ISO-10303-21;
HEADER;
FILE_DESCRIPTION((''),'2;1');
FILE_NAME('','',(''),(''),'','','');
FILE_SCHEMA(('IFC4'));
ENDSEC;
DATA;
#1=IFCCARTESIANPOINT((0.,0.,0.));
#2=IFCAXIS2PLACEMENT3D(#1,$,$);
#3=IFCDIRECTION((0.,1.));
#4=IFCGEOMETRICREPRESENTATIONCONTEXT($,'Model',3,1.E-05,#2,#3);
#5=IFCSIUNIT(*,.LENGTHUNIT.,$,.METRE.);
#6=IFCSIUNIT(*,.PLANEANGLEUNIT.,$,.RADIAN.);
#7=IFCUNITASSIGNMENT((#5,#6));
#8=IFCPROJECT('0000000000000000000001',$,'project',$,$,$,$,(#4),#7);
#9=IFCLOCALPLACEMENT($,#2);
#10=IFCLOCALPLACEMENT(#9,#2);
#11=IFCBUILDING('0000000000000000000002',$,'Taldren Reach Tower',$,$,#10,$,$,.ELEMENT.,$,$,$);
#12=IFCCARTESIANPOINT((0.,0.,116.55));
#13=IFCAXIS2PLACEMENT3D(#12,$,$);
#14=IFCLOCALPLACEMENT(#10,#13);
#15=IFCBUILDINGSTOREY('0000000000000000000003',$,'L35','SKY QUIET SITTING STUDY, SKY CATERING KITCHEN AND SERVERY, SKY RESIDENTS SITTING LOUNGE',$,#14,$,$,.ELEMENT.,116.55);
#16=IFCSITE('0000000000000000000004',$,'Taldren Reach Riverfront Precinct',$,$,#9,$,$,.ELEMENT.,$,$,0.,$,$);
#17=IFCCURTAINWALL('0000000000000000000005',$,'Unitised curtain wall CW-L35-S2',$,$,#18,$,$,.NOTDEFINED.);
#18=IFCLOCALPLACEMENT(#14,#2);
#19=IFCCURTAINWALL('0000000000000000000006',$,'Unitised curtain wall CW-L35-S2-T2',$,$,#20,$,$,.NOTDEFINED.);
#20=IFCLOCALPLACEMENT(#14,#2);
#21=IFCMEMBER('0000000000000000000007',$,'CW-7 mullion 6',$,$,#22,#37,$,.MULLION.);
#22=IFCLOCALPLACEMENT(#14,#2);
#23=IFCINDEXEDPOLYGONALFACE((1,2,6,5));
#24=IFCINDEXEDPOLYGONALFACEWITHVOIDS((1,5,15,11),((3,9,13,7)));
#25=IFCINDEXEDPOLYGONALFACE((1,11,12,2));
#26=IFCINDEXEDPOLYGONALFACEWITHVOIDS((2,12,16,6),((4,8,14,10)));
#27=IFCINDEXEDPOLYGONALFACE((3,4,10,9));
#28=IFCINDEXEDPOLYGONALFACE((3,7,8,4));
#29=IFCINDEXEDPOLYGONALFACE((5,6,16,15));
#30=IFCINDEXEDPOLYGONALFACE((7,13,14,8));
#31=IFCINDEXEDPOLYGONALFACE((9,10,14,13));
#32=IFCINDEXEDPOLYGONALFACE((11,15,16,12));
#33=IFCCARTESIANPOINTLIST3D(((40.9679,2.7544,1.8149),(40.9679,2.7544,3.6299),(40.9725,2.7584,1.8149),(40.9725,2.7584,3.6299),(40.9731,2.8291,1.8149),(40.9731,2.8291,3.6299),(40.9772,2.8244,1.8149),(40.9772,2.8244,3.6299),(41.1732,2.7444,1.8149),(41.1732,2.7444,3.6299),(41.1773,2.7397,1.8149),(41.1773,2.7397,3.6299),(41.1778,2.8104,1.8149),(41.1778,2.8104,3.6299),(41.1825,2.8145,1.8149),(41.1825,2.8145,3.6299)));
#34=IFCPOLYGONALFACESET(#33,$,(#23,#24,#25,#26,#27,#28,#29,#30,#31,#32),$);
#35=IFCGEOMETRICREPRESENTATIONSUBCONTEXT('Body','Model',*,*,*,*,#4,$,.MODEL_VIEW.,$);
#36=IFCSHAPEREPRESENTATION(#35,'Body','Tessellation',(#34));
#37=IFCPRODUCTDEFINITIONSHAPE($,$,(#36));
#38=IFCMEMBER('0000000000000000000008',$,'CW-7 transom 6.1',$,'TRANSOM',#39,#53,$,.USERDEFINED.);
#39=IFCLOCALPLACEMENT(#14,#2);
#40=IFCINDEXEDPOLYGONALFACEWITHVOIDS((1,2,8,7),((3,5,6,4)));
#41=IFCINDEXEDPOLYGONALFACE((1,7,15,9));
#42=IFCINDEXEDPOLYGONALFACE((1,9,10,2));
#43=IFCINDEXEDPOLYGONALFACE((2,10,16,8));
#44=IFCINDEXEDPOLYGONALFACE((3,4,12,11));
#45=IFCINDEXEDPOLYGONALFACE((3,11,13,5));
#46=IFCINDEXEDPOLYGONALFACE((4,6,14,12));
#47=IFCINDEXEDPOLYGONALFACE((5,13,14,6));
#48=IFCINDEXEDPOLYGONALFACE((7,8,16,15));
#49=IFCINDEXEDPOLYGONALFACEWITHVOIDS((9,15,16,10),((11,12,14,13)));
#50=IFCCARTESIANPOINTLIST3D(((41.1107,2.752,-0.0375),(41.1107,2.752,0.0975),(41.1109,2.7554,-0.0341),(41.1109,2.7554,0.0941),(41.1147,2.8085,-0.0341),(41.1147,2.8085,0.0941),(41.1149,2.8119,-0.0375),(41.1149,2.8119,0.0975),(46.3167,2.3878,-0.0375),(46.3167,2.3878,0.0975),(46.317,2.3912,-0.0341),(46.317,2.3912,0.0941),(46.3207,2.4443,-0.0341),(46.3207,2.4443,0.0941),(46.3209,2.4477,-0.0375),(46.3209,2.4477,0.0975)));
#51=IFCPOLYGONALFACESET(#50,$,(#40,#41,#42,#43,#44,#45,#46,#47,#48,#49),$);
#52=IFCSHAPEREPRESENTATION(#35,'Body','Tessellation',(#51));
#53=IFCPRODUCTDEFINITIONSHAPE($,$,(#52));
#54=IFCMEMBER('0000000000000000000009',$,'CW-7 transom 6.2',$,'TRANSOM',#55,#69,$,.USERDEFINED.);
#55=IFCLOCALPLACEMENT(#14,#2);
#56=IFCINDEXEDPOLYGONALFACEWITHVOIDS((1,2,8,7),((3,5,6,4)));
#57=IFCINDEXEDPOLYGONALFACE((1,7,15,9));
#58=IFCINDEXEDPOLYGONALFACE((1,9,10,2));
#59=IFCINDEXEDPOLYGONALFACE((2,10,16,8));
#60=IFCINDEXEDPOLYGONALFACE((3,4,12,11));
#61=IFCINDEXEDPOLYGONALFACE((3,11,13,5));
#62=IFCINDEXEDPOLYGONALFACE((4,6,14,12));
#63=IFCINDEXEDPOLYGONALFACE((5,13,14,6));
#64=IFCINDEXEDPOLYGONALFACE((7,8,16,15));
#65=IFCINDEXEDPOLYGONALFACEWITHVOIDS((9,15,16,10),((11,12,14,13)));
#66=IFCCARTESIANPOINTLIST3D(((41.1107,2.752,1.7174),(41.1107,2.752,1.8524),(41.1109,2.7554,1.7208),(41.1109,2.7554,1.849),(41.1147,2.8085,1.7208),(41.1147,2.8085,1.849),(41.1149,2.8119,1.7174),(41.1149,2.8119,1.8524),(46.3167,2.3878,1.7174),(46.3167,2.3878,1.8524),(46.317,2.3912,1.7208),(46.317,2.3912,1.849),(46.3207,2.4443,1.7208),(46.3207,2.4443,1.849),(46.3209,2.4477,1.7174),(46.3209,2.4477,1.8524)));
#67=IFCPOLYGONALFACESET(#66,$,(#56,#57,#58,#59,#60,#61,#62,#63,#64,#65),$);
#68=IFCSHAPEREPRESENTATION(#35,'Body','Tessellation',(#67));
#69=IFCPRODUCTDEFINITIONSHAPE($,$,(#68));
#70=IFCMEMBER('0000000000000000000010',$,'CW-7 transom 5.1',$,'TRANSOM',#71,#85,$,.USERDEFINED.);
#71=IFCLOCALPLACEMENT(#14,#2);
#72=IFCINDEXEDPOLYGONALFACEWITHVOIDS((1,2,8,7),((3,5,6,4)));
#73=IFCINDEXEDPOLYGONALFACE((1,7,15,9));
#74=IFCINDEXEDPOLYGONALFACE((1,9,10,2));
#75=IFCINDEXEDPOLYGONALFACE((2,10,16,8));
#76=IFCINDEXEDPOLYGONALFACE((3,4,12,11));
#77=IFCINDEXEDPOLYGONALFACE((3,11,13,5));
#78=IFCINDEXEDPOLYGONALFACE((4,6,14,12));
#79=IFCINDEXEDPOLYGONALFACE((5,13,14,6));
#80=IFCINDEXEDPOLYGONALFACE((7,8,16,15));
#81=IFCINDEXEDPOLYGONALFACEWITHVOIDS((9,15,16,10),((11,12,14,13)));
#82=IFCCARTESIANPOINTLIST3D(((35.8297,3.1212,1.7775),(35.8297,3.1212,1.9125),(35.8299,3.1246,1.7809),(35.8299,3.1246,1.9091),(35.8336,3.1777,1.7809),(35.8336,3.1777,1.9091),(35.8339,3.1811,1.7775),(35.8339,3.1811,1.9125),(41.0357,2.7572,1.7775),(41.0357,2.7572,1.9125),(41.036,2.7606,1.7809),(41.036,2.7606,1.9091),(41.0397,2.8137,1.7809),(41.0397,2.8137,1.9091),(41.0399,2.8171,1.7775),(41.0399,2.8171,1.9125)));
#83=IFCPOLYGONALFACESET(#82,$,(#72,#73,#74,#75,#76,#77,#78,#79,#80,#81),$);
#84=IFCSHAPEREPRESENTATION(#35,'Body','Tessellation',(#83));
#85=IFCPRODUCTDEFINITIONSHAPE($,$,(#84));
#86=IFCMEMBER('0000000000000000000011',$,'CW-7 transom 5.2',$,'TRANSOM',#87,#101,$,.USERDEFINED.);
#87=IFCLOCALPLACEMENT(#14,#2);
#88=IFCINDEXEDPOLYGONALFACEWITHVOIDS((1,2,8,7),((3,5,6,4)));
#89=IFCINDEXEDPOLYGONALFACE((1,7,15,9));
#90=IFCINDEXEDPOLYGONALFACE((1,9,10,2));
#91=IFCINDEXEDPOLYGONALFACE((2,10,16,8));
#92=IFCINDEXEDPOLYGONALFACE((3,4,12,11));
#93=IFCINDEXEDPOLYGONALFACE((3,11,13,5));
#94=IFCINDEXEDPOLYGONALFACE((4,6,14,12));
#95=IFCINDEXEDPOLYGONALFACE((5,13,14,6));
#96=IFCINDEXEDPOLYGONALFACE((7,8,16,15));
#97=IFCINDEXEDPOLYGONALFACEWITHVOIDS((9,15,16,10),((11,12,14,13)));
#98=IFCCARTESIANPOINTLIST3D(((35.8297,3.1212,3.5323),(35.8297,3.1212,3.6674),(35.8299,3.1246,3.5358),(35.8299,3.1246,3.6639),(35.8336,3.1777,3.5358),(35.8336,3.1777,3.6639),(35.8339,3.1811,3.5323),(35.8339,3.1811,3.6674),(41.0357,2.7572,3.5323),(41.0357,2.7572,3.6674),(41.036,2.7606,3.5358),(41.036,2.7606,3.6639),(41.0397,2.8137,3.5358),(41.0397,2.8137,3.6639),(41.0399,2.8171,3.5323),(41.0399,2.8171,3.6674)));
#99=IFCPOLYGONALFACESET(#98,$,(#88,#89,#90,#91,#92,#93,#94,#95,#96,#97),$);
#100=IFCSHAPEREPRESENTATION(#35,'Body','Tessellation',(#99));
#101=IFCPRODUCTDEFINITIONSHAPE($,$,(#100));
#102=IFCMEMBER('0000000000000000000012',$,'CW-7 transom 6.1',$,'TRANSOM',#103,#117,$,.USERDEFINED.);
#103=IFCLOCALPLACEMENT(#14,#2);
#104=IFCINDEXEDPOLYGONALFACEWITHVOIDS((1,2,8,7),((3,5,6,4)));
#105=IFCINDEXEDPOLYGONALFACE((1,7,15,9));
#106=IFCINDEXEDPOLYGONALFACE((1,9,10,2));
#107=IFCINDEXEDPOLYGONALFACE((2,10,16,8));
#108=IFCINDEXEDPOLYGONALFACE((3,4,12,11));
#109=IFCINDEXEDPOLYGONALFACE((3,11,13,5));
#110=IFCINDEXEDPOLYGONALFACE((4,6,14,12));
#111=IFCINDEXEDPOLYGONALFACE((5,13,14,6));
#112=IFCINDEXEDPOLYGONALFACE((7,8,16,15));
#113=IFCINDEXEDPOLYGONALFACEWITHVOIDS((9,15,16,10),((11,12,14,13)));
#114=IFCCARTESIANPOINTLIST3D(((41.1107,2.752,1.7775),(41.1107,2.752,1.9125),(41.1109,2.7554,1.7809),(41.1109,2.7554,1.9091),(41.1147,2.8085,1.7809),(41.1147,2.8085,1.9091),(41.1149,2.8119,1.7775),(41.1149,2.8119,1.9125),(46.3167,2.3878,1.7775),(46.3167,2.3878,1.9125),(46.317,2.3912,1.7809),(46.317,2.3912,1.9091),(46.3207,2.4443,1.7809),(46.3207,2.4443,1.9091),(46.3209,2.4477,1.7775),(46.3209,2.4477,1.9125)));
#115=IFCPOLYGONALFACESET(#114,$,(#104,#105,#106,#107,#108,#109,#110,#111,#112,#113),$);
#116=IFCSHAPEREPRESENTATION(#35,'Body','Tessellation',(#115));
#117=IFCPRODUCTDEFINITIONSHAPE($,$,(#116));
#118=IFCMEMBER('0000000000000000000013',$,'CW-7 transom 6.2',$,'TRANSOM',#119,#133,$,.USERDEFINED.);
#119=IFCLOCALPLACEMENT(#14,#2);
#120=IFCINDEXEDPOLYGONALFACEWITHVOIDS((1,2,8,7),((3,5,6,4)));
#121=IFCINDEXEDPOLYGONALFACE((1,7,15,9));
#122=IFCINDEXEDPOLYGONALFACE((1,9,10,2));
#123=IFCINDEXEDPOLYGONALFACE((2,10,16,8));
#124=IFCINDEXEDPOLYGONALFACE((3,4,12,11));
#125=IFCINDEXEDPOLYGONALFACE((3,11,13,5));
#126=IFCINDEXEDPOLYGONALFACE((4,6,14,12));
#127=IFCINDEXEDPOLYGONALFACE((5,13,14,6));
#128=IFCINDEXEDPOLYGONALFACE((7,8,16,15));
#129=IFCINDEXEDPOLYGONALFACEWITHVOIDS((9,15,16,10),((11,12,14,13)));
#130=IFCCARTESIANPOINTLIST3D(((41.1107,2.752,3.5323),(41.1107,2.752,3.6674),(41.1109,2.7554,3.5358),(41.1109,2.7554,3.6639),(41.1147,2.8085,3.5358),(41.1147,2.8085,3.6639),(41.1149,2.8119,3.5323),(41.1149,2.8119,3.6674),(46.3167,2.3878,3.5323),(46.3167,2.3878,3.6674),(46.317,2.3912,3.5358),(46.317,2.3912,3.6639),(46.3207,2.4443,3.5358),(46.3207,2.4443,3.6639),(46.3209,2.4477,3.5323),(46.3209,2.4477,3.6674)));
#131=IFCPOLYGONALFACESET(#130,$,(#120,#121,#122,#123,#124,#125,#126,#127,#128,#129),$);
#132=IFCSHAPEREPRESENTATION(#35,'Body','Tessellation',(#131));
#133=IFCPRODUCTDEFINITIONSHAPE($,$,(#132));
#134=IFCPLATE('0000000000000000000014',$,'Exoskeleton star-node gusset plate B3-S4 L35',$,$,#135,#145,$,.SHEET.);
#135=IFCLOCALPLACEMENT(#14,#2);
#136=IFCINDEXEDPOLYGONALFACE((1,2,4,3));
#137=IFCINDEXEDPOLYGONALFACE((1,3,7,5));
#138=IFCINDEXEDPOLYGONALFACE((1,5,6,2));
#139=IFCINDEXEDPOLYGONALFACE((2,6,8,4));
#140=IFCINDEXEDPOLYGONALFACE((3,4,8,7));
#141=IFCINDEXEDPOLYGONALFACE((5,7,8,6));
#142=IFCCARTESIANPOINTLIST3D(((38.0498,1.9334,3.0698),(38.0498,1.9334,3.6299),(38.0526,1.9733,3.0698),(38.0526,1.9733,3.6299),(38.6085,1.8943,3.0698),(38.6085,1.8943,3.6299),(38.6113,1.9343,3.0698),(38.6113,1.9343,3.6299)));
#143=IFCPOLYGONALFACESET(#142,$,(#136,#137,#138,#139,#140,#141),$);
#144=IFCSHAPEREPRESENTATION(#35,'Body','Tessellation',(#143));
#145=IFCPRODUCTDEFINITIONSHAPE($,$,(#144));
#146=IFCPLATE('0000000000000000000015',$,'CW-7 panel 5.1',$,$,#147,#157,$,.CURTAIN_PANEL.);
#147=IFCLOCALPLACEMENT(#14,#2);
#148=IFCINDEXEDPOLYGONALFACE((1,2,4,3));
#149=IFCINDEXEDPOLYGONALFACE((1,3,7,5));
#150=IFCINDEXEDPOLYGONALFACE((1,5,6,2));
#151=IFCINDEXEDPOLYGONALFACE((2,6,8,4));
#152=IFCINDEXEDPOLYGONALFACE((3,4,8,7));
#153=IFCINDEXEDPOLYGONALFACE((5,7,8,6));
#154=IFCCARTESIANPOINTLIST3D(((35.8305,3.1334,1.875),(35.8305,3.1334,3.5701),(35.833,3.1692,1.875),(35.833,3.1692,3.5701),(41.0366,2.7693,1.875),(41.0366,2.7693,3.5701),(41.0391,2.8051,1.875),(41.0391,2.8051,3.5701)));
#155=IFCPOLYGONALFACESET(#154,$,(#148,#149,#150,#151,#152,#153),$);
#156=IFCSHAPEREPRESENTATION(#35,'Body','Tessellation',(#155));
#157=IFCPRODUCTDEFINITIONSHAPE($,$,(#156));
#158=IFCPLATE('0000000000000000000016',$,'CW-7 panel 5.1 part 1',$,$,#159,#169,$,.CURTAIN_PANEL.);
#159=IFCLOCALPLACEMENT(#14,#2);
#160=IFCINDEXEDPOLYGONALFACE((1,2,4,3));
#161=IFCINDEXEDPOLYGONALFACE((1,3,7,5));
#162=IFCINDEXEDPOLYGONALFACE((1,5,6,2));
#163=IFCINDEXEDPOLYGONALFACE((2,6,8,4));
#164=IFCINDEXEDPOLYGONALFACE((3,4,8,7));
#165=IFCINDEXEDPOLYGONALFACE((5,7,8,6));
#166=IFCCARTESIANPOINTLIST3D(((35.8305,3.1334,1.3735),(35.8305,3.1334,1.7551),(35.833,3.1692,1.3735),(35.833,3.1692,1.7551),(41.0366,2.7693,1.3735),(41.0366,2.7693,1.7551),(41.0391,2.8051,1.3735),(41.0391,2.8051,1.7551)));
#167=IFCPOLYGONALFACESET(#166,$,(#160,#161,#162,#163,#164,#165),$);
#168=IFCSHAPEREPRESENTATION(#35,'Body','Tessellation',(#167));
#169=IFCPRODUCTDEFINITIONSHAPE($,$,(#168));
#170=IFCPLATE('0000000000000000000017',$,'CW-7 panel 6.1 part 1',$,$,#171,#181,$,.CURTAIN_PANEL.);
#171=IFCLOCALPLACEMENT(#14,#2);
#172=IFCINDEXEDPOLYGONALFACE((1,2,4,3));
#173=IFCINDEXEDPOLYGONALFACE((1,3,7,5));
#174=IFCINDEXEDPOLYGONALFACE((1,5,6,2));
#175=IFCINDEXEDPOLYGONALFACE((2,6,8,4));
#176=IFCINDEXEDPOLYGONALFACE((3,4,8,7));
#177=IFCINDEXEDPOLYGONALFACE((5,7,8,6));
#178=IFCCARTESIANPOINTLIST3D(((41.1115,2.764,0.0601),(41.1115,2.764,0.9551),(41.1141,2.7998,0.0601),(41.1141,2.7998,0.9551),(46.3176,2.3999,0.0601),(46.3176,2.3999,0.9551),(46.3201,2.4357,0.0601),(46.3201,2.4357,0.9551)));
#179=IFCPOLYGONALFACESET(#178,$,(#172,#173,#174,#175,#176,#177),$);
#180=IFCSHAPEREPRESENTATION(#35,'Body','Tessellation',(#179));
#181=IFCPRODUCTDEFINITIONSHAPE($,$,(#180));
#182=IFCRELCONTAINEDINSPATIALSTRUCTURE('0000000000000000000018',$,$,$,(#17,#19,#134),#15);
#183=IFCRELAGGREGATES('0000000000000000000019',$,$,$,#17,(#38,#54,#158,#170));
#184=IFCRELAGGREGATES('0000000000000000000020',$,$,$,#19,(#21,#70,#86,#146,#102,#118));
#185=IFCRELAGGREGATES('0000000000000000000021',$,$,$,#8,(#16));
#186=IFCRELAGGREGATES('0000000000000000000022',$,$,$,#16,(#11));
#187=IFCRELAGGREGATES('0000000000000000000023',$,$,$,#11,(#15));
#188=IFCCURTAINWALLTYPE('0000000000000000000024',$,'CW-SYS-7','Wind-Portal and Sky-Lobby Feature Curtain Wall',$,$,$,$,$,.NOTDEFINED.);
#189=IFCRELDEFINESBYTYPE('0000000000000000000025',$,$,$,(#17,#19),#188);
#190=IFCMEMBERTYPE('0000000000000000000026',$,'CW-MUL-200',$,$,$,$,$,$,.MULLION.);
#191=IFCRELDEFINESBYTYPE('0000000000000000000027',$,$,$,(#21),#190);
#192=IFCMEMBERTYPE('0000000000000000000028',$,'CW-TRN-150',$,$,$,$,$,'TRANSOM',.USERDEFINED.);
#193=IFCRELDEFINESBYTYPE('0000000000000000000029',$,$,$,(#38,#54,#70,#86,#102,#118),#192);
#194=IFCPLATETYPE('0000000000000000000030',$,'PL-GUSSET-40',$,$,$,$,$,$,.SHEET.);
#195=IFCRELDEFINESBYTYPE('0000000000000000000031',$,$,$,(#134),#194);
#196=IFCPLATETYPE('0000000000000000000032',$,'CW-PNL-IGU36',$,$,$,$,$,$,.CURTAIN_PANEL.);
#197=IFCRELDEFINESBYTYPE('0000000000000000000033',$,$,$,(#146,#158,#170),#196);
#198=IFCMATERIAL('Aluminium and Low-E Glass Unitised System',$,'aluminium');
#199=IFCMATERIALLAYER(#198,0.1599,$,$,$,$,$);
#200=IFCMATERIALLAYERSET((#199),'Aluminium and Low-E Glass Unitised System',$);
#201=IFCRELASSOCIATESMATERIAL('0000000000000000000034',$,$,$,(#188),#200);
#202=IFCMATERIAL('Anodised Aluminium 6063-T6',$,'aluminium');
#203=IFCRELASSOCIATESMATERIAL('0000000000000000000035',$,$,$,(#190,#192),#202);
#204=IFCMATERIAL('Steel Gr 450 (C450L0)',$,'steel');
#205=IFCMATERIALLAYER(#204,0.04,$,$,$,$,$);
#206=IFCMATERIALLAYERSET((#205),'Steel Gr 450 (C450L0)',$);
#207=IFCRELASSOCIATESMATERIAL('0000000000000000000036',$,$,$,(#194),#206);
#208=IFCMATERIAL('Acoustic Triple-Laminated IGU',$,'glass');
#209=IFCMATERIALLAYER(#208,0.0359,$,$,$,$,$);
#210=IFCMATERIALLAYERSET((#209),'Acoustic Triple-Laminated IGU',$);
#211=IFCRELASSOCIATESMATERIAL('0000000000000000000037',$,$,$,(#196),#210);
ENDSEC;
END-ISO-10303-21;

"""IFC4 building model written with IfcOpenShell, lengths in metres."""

from ifc_helpers import new_model, si_unit, direction, frame, origin, origin_2d, place, context, subcontext, project, spatial, rectangle, hollow_rectangle, extrude, source, transform, mapped, material, layer, layer_set, material_profile, profile_set, type_object, element, aggregate, save


model = new_model("IFC4")

# Units and contexts
model_context = context("Model", 3, precision=1e-05, world=origin(), true_north=direction((0.0, 1.0)))
body_context = subcontext(model_context, "Body", "Model", "MODEL_VIEW")
ifc_project = project(units=[si_unit("LENGTHUNIT", "METRE"), si_unit("PLANEANGLEUNIT", "RADIAN")], contexts=[model_context])

# Site, building, storey
site_placement = place(None, origin())
site = spatial("IfcSite", under=ifc_project, at=site_placement, Name="Taldren Reach Riverfront Precinct", CompositionType="ELEMENT", RefElevation=0.0)
building_placement = place(site_placement, origin())
building = spatial("IfcBuilding", under=site, at=building_placement, Name="Taldren Reach Tower", CompositionType="ELEMENT")
storey_placement = place(building_placement, frame((0.0, 0.0, 116.55)))
storey = spatial("IfcBuildingStorey", under=building, at=storey_placement, Name="L35", Description="SKY QUIET SITTING STUDY, SKY CATERING KITCHEN AND SERVERY, SKY RESIDENTS SITTING LOUNGE", CompositionType="ELEMENT", Elevation=116.55)

# Shared definitions
ifc_material_1 = material(Name="Steel Gr 450 (C450L0)", Category="steel")

# Curtain wall
ifc_material_2 = material(Name="Aluminium and Low-E Glass Unitised System", Category="aluminium")
ifc_layer_1 = layer(ifc_material_2, 0.1599)
ifc_layer_set_1 = layer_set([ifc_layer_1], Name="Aluminium and Low-E Glass Unitised System")
curtain_wall_type = type_object("IfcCurtainWallType", Name="CW-SYS-7", Description="Wind-Portal and Sky-Lobby Feature Curtain Wall", PredefinedType="NOTDEFINED", material=ifc_layer_set_1)
curtain_wall_1_placement = place(storey_placement, origin())
curtain_wall_1 = element("IfcCurtainWall", 1, at=curtain_wall_1_placement, inside=storey, type_object=curtain_wall_type, Name="Unitised curtain wall CW-L35-S2", PredefinedType="NOTDEFINED")
ifc_material_3 = material(Name="Anodised Aluminium 6063-T6", Category="aluminium")
ifc_material_profile_1 = material_profile(ifc_material_3, hollow_rectangle(XDim=0.075, YDim=0.21, WallThickness=0.0044, at=origin_2d()), Name="ALU-210x75x4.5RHS")
ifc_profile_set_1 = profile_set([ifc_material_profile_1], Name="Anodised Aluminium 6063-T6")
member_type_1 = type_object("IfcMemberType", Name="CW-MUL-200", PredefinedType="MULLION", material=ifc_profile_set_1)
shared_shape_1 = source(origin(), body_context, "Body", "SweptSolid", [
    extrude(hollow_rectangle(XDim=0.075, YDim=0.21, WallThickness=0.0044, at=origin_2d()), origin(), (0.0, 0.0, 1.0), 1.8149),
])

# Curtain wall, member
curtain_wall_2_placement = place(storey_placement, origin())
curtain_wall_2 = element("IfcCurtainWall", 2, at=curtain_wall_2_placement, inside=storey, type_object=curtain_wall_type, Name="Unitised curtain wall CW-L35-S2-T2", PredefinedType="NOTDEFINED")
member_1_placement = place(storey_placement, frame((41.0752, 2.7844, 1.8149), z_axis=(0.0, 0.0, 1.0), x_axis=(0.069757, 0.997564, 0.0)))
member_1 = element("IfcMember", 3, at=member_1_placement, type_object=member_type_1, Name="CW-7 mullion 6", PredefinedType="MULLION", context=body_context, shape_type="MappedRepresentation", body=[
    mapped(shared_shape_1, transform((0.0, 0.0, 0.0), scale=1.0)),
])

# Members
ifc_material_profile_2 = material_profile(ifc_material_3, hollow_rectangle(XDim=0.0601, YDim=0.135, WallThickness=0.0034, at=origin_2d()), Name="ALU-135x60x3.5RHS")
ifc_profile_set_2 = profile_set([ifc_material_profile_2], Name="Anodised Aluminium 6063-T6")
member_type_2 = type_object("IfcMemberType", Name="CW-TRN-150", ElementType="TRANSOM", PredefinedType="USERDEFINED", material=ifc_profile_set_2)
shared_shape_2 = source(origin(), body_context, "Body", "SweptSolid", [
    extrude(hollow_rectangle(XDim=0.0601, YDim=0.135, WallThickness=0.0034, at=origin_2d()), origin(), (0.0, 0.0, 1.0), 5.2188),
])
member_2_placement = place(storey_placement, frame((41.1128, 2.782, 0.03), z_axis=(0.997561, -0.069797, 0.0), x_axis=(0.069797, 0.997561, 0.0)))
member_2 = element("IfcMember", 4, at=member_2_placement, type_object=member_type_2, Name="CW-7 transom 6.1", ObjectType="TRANSOM", PredefinedType="USERDEFINED", context=body_context, shape_type="MappedRepresentation", body=[
    mapped(shared_shape_2, transform((0.0, 0.0, 0.0), scale=1.0)),
])
member_3_placement = place(storey_placement, frame((41.1128, 2.782, 1.7849), z_axis=(0.997561, -0.069797, 0.0), x_axis=(0.069797, 0.997561, 0.0)))
member_3 = element("IfcMember", 5, at=member_3_placement, type_object=member_type_2, Name="CW-7 transom 6.2", ObjectType="TRANSOM", PredefinedType="USERDEFINED", context=body_context, shape_type="MappedRepresentation", body=[
    mapped(shared_shape_2, transform((0.0, 0.0, 0.0), scale=1.0)),
])
member_4_placement = place(storey_placement, frame((35.8318, 3.1511, 1.845), z_axis=(0.997564, -0.069751, 0.0), x_axis=(0.069751, 0.997564, 0.0)))
member_4 = element("IfcMember", 6, at=member_4_placement, type_object=member_type_2, Name="CW-7 transom 5.1", ObjectType="TRANSOM", PredefinedType="USERDEFINED", context=body_context, shape_type="MappedRepresentation", body=[
    mapped(shared_shape_2, transform((0.0, 0.0, 0.0), scale=1.0)),
])
member_5_placement = place(storey_placement, frame((35.8318, 3.1511, 3.5999), z_axis=(0.997564, -0.069751, 0.0), x_axis=(0.069751, 0.997564, 0.0)))
member_5 = element("IfcMember", 7, at=member_5_placement, type_object=member_type_2, Name="CW-7 transom 5.2", ObjectType="TRANSOM", PredefinedType="USERDEFINED", context=body_context, shape_type="MappedRepresentation", body=[
    mapped(shared_shape_2, transform((0.0, 0.0, 0.0), scale=1.0)),
])
member_6_placement = place(storey_placement, frame((41.1128, 2.782, 1.845), z_axis=(0.997561, -0.069797, 0.0), x_axis=(0.069797, 0.997561, 0.0)))
member_6 = element("IfcMember", 8, at=member_6_placement, type_object=member_type_2, Name="CW-7 transom 6.1", ObjectType="TRANSOM", PredefinedType="USERDEFINED", context=body_context, shape_type="MappedRepresentation", body=[
    mapped(shared_shape_2, transform((0.0, 0.0, 0.0), scale=1.0)),
])
member_7_placement = place(storey_placement, frame((41.1128, 2.782, 3.5999), z_axis=(0.997561, -0.069797, 0.0), x_axis=(0.069797, 0.997561, 0.0)))
member_7 = element("IfcMember", 9, at=member_7_placement, type_object=member_type_2, Name="CW-7 transom 6.2", ObjectType="TRANSOM", PredefinedType="USERDEFINED", context=body_context, shape_type="MappedRepresentation", body=[
    mapped(shared_shape_2, transform((0.0, 0.0, 0.0), scale=1.0)),
])

# Plates
ifc_layer_2 = layer(ifc_material_1, 0.04)
ifc_layer_set_2 = layer_set([ifc_layer_2], Name="Steel Gr 450 (C450L0)")
plate_type_1 = type_object("IfcPlateType", Name="PL-GUSSET-40", PredefinedType="SHEET", material=ifc_layer_set_2)
shared_shape_3 = source(origin(), body_context, "Body", "SweptSolid", [
    extrude(rectangle(XDim=0.5601, YDim=0.04, at=origin_2d()), origin(), (0.0, 0.0, 1.0), 0.5601),
])
plate_1_placement = place(storey_placement, frame((38.3306, 1.9338, 3.0698), z_axis=(0.0, 0.0, 1.0), x_axis=(0.997564, -0.069756, 0.0)))
element("IfcPlate", 10, at=plate_1_placement, inside=storey, type_object=plate_type_1, Name="Exoskeleton star-node gusset plate B3-S4 L35", PredefinedType="SHEET", context=body_context, shape_type="MappedRepresentation", body=[
    mapped(shared_shape_3, transform((0.0, 0.0, 0.0), scale=1.0)),
])
ifc_material_4 = material(Name="Acoustic Triple-Laminated IGU", Category="glass")
ifc_layer_3 = layer(ifc_material_4, 0.0359)
ifc_layer_set_3 = layer_set([ifc_layer_3], Name="Acoustic Triple-Laminated IGU")
plate_type_2 = type_object("IfcPlateType", Name="CW-PNL-IGU36", PredefinedType="CURTAIN_PANEL", material=ifc_layer_set_3)
shared_shape_4 = source(origin(), body_context, "Body", "SweptSolid", [
    extrude(rectangle(XDim=5.2188, YDim=0.0359, at=origin_2d()), origin(), (0.0, 0.0, 1.0), 1.6951),
])
plate_2_placement = place(storey_placement, frame((38.4348, 2.9692, 1.875), z_axis=(0.0, 0.0, 1.0), x_axis=(0.997564, -0.069757, 0.0)))
plate_2 = element("IfcPlate", 11, at=plate_2_placement, type_object=plate_type_2, Name="CW-7 panel 5.1", PredefinedType="CURTAIN_PANEL", context=body_context, shape_type="MappedRepresentation", body=[
    mapped(shared_shape_4, transform((0.0, 0.0, 0.0), scale=1.0)),
])
shared_shape_5 = source(origin(), body_context, "Body", "SweptSolid", [
    extrude(rectangle(XDim=5.2188, YDim=0.0359, at=origin_2d()), origin(), (0.0, 0.0, 1.0), 0.3816),
])
plate_3_placement = place(storey_placement, frame((38.4348, 2.9692, 1.3735), z_axis=(0.0, 0.0, 1.0), x_axis=(0.997564, -0.069757, 0.0)))
plate_3 = element("IfcPlate", 12, at=plate_3_placement, type_object=plate_type_2, Name="CW-7 panel 5.1 part 1", PredefinedType="CURTAIN_PANEL", context=body_context, shape_type="MappedRepresentation", body=[
    mapped(shared_shape_5, transform((0.0, 0.0, 0.0), scale=1.0)),
])
shared_shape_6 = source(origin(), body_context, "Body", "SweptSolid", [
    extrude(rectangle(XDim=5.2188, YDim=0.0359, at=origin_2d()), origin(), (0.0, 0.0, 1.0), 0.895),
])
plate_4_placement = place(storey_placement, frame((43.7158, 2.5999, 0.0601), z_axis=(0.0, 0.0, 1.0), x_axis=(0.997564, -0.069757, 0.0)))
plate_4 = element("IfcPlate", 13, at=plate_4_placement, type_object=plate_type_2, Name="CW-7 panel 6.1 part 1", PredefinedType="CURTAIN_PANEL", context=body_context, shape_type="MappedRepresentation", body=[
    mapped(shared_shape_6, transform((0.0, 0.0, 0.0), scale=1.0)),
])
aggregate(curtain_wall_1, [member_2, member_3, plate_3, plate_4])
aggregate(curtain_wall_2, [member_1, member_4, member_5, plate_2, member_6, member_7])

save(model, "model.ifc")
